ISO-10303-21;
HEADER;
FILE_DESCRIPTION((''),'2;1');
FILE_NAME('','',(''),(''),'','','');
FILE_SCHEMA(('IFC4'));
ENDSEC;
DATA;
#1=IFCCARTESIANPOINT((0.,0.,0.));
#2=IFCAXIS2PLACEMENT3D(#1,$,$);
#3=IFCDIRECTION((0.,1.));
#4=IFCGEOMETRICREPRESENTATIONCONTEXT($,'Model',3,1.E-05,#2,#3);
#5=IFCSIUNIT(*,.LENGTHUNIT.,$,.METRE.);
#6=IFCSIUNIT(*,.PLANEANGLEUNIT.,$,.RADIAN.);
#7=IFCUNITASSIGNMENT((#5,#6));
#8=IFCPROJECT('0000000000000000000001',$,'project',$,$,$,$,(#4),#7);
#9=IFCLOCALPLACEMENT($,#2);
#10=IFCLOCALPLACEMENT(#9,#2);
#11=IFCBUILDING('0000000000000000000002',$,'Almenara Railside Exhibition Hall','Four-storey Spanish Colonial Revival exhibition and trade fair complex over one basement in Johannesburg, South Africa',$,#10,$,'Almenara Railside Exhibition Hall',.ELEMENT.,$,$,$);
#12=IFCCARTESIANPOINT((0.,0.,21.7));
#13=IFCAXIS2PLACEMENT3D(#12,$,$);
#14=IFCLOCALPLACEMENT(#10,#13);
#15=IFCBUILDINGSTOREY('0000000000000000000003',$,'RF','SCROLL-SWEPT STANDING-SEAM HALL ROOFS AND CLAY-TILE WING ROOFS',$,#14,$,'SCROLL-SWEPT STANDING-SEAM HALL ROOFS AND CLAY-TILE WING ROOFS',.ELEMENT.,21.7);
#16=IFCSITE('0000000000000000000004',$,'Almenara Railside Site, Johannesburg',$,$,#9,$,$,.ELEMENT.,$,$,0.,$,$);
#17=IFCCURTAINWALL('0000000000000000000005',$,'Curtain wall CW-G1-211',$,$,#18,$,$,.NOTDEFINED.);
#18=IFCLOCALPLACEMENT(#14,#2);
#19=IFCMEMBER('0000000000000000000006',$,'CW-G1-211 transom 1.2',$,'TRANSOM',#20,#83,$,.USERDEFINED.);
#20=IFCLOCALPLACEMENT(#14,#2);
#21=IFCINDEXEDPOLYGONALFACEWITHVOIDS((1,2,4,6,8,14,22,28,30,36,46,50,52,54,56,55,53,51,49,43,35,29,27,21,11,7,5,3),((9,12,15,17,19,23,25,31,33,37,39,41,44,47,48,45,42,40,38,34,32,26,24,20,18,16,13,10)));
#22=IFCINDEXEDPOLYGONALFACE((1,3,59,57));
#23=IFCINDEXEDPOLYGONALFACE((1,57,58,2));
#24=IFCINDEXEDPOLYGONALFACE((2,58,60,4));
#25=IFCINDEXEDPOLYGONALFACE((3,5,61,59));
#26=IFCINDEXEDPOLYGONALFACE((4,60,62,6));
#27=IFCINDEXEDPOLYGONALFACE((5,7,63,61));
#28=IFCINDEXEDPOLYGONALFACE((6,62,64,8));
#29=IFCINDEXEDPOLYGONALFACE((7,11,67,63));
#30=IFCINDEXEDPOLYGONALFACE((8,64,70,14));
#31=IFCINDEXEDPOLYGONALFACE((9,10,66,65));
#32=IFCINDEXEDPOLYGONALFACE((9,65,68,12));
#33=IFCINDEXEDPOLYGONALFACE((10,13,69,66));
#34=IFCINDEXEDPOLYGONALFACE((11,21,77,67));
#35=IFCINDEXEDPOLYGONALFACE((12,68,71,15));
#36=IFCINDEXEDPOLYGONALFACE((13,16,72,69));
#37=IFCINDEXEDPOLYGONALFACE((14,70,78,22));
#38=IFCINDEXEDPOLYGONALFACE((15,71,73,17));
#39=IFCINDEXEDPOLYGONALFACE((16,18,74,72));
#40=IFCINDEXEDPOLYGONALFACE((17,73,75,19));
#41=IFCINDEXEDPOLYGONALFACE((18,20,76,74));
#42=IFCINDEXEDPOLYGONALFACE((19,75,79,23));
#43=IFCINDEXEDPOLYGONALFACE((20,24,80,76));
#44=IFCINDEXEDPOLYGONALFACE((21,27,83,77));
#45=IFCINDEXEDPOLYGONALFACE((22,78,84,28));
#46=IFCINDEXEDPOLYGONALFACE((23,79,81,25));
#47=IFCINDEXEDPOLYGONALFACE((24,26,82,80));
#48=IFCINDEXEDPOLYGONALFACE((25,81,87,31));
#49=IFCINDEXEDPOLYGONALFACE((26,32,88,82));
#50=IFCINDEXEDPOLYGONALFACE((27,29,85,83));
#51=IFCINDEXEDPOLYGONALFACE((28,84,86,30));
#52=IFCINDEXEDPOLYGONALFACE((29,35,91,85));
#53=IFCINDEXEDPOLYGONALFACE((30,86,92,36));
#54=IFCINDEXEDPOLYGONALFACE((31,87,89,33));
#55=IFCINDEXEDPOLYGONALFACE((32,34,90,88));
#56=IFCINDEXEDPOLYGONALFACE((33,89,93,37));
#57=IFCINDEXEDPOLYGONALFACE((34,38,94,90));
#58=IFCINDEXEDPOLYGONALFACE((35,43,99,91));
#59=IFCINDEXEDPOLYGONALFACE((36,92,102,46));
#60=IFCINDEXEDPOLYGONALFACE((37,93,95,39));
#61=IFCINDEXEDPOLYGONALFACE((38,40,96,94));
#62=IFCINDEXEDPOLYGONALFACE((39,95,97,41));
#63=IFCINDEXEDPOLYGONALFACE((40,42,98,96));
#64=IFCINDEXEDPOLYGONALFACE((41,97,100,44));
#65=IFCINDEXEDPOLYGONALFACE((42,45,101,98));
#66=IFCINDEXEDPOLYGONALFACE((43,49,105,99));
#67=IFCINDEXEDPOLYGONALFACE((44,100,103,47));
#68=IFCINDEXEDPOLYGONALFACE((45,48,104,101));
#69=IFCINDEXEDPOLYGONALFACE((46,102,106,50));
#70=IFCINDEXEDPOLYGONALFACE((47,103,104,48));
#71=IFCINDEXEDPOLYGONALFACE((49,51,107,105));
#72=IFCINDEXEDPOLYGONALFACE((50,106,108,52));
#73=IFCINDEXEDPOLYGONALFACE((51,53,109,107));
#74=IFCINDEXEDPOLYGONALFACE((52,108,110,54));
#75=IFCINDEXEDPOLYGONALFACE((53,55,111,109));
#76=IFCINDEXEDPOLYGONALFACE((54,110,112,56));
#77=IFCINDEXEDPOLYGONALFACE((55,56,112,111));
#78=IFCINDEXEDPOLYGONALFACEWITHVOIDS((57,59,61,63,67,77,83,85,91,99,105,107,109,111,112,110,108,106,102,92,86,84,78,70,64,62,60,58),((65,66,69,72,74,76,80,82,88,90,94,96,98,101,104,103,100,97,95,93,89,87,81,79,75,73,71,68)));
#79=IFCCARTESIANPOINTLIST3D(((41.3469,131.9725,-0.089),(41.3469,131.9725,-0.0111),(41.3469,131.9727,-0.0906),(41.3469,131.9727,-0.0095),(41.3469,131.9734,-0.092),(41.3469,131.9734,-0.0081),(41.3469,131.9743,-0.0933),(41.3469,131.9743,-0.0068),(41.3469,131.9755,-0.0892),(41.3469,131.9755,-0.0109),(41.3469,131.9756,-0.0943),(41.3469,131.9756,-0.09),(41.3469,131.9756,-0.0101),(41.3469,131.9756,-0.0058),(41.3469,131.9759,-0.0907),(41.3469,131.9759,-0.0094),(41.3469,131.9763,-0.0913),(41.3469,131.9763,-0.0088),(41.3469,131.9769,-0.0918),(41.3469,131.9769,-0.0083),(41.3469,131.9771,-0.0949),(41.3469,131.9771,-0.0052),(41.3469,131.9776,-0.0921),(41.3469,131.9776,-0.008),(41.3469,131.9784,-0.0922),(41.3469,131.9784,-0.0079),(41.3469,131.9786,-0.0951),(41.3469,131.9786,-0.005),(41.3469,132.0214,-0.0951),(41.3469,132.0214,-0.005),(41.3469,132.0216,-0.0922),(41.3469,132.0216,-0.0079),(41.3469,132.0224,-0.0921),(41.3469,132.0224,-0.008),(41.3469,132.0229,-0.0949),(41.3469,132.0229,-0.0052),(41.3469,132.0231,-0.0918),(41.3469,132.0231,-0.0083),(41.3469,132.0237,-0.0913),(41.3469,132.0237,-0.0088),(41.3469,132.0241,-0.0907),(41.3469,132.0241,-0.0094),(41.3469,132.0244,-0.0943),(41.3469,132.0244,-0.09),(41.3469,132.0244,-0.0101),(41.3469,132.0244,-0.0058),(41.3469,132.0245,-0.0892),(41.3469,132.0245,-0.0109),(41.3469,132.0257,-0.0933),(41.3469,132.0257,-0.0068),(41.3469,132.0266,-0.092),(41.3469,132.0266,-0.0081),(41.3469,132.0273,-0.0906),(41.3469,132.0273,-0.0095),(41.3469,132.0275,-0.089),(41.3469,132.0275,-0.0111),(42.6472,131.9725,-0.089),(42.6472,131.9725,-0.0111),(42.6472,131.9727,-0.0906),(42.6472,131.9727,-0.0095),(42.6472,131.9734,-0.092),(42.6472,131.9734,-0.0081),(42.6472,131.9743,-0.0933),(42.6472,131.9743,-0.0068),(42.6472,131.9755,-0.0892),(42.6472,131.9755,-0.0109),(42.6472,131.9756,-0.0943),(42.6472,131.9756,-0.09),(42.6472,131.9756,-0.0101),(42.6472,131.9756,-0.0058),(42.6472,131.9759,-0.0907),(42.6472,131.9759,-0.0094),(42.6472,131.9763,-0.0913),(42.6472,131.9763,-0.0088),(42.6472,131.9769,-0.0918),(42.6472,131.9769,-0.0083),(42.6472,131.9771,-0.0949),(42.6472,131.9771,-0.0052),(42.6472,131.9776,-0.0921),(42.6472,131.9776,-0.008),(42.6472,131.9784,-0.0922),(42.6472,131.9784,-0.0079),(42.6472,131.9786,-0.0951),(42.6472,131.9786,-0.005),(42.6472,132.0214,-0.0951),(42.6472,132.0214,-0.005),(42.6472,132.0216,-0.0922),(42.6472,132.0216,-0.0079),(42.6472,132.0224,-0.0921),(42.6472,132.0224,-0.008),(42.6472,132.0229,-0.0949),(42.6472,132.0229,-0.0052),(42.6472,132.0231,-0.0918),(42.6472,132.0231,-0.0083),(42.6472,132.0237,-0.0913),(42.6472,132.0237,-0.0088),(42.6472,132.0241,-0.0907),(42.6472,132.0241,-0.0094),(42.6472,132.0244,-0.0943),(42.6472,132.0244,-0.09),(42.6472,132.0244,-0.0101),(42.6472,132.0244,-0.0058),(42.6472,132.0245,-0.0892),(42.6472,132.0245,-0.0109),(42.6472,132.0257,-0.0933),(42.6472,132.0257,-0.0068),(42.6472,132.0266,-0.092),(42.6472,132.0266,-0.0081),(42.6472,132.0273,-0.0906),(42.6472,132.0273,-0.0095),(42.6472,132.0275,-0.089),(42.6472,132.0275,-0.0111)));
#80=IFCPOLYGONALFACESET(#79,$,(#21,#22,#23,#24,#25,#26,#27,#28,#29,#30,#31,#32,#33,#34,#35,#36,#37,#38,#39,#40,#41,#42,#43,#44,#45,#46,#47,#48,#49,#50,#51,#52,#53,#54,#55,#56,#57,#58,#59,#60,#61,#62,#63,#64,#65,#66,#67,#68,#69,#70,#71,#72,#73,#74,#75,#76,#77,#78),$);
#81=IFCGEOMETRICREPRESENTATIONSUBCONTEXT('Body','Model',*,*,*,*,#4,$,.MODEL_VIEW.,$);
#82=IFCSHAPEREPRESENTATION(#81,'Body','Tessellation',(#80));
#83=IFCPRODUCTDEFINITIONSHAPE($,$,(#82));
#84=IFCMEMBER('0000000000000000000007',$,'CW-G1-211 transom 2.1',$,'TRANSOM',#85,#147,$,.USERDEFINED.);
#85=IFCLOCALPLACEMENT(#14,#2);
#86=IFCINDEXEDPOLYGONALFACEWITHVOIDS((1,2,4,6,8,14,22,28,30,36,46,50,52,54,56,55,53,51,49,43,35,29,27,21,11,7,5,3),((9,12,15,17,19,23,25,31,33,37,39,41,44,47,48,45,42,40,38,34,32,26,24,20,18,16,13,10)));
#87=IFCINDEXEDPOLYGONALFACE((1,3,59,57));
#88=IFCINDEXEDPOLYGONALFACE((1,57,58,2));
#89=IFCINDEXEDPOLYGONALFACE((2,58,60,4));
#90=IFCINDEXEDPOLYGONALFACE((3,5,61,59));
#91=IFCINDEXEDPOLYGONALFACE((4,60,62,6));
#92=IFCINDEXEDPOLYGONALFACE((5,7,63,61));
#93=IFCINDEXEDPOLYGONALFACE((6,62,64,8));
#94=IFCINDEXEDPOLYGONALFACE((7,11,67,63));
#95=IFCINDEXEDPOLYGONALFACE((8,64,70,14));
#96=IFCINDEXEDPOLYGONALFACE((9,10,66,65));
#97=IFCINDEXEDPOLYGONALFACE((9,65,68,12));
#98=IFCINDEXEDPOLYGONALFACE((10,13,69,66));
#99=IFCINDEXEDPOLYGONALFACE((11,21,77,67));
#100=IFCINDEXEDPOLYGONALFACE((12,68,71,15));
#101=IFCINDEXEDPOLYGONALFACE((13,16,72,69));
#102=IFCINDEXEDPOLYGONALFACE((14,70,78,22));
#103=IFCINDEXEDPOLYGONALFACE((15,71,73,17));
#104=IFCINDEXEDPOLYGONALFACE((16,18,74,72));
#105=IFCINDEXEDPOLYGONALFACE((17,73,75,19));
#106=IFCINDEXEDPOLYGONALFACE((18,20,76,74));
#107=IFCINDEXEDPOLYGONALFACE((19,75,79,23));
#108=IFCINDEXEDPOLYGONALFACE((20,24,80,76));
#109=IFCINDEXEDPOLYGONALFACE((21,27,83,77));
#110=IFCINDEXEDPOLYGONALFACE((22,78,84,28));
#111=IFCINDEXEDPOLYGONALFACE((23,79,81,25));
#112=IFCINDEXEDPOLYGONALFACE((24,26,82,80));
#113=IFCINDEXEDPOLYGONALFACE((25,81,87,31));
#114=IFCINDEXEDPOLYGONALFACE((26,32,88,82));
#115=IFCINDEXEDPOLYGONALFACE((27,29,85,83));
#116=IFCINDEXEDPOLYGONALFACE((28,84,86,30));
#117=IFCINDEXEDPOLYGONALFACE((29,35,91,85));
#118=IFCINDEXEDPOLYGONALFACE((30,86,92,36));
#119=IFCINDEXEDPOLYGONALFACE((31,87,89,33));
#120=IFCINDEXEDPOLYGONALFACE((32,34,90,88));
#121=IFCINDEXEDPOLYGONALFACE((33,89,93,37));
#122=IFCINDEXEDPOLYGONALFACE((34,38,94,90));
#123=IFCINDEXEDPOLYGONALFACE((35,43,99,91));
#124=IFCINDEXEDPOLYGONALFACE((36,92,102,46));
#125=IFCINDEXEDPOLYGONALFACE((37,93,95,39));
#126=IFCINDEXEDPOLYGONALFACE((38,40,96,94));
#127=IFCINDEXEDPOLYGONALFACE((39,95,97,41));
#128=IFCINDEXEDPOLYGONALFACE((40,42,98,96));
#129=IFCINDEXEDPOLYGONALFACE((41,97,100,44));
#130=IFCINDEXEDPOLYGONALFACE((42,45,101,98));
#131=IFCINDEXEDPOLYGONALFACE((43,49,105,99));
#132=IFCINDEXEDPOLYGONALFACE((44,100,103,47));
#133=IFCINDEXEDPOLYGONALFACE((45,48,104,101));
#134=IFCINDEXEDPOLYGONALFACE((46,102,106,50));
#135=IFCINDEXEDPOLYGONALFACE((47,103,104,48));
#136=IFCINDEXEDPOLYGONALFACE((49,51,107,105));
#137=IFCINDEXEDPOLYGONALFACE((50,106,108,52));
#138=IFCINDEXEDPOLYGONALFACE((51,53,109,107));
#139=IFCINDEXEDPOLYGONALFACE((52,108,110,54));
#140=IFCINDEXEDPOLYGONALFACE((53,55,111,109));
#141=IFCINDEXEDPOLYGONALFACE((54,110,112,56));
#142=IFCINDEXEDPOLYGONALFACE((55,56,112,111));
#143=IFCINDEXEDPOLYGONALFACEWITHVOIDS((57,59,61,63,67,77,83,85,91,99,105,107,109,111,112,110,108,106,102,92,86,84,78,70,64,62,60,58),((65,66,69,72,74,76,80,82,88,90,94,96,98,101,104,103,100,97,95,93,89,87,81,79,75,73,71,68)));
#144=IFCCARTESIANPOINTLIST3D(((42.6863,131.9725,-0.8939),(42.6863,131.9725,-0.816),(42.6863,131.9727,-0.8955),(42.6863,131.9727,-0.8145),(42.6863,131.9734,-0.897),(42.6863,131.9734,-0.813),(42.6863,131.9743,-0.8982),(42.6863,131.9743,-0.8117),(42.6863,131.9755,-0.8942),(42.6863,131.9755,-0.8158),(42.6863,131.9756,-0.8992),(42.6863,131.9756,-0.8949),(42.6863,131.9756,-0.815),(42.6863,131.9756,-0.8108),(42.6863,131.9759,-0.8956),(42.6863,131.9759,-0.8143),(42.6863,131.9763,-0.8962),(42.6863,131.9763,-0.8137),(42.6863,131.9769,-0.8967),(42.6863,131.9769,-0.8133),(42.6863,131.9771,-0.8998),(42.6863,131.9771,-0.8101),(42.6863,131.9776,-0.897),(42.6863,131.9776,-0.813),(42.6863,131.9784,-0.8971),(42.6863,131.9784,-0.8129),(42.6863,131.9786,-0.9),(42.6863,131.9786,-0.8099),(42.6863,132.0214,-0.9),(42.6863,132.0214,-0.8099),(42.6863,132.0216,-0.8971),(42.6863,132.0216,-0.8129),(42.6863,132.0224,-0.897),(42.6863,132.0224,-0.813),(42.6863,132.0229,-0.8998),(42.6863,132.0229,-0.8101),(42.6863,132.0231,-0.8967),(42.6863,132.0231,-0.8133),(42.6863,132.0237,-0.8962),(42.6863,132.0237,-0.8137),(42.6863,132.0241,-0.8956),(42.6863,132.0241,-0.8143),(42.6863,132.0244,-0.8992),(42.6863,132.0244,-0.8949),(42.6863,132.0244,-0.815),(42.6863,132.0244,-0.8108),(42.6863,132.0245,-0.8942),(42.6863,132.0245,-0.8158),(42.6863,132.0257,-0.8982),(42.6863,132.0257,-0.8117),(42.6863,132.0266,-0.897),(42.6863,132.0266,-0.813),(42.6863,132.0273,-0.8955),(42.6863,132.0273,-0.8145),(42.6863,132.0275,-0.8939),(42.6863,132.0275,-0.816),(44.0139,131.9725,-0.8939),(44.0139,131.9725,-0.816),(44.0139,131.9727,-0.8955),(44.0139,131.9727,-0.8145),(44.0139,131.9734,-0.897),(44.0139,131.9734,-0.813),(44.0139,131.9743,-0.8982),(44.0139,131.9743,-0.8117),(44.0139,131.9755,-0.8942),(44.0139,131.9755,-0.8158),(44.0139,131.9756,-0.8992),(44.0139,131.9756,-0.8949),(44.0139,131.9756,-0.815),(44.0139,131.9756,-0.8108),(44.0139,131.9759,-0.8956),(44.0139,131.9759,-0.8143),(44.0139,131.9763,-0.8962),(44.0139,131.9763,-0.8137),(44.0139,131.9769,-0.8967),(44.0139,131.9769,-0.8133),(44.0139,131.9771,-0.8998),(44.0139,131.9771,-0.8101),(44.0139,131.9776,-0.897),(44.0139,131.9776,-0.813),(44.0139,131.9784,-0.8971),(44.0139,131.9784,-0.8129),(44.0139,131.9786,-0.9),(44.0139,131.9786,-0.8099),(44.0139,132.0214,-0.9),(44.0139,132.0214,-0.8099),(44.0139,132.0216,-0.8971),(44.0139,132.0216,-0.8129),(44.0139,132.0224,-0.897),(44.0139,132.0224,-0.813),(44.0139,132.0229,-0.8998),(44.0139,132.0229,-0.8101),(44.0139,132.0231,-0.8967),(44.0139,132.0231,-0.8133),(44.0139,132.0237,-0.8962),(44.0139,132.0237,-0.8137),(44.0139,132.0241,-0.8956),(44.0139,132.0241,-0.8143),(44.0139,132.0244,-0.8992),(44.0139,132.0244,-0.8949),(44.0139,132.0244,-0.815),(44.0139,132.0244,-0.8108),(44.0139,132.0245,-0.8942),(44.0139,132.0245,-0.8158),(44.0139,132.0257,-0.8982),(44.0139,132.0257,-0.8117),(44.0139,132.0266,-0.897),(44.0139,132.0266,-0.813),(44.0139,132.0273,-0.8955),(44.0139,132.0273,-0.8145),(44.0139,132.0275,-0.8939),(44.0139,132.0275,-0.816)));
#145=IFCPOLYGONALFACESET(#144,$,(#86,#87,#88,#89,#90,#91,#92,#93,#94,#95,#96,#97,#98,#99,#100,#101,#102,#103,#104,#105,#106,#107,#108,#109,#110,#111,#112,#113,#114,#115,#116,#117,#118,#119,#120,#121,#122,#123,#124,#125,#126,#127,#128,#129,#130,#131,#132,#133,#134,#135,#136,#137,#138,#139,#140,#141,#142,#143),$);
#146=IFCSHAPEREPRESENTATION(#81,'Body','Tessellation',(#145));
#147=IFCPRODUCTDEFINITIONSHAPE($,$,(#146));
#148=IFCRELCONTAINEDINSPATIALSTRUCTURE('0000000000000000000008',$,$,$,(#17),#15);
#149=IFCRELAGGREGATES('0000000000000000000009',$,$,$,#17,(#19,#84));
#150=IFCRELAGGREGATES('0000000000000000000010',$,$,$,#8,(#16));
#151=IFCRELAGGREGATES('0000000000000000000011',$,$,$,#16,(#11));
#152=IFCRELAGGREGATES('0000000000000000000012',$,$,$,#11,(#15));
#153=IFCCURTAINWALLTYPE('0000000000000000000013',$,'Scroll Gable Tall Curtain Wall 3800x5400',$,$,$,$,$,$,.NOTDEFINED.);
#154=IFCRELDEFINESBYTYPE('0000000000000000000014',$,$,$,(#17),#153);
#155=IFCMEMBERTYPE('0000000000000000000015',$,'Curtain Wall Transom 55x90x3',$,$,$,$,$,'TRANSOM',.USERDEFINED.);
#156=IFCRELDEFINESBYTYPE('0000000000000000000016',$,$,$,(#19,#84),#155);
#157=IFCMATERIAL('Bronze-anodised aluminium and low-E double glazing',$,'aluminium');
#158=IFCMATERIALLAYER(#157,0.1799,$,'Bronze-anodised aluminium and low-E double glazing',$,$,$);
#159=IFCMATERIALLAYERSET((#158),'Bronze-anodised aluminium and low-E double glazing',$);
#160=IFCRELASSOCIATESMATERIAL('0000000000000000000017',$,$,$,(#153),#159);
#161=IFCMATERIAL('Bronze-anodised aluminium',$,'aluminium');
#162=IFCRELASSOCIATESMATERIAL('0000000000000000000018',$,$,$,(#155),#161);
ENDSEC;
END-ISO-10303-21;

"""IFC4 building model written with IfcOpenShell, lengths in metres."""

from ifc_helpers import new_model, si_unit, direction, frame, origin, origin_2d, place, context, subcontext, project, spatial, hollow_rectangle, extrude, material, layer, layer_set, material_profile, profile_set, type_object, element, aggregate, save


model = new_model("IFC4")

# Units and contexts
model_context = context("Model", 3, precision=1e-05, world=origin(), true_north=direction((0.0, 1.0)))
body_context = subcontext(model_context, "Body", "Model", "MODEL_VIEW")
ifc_project = project(units=[si_unit("LENGTHUNIT", "METRE"), si_unit("PLANEANGLEUNIT", "RADIAN")], contexts=[model_context])

# Site, building, storey
site_placement = place(None, origin())
site = spatial("IfcSite", under=ifc_project, at=site_placement, Name="Almenara Railside Site, Johannesburg", CompositionType="ELEMENT", RefElevation=0.0)
building_placement = place(site_placement, origin())
building = spatial("IfcBuilding", under=site, at=building_placement, Name="Almenara Railside Exhibition Hall", Description="Four-storey Spanish Colonial Revival exhibition and trade fair complex over one basement in Johannesburg, South Africa", LongName="Almenara Railside Exhibition Hall", CompositionType="ELEMENT")
storey_placement = place(building_placement, frame((0.0, 0.0, 21.7)))
storey = spatial("IfcBuildingStorey", under=building, at=storey_placement, Name="RF", Description="SCROLL-SWEPT STANDING-SEAM HALL ROOFS AND CLAY-TILE WING ROOFS", LongName="SCROLL-SWEPT STANDING-SEAM HALL ROOFS AND CLAY-TILE WING ROOFS", CompositionType="ELEMENT", Elevation=21.7)

# Curtain wall
ifc_material_1 = material(Name="Bronze-anodised aluminium and low-E double glazing", Category="aluminium")
ifc_layer_1 = layer(ifc_material_1, 0.1799, Name="Bronze-anodised aluminium and low-E double glazing")
ifc_layer_set_1 = layer_set([ifc_layer_1], Name="Bronze-anodised aluminium and low-E double glazing")
curtain_wall_type = type_object("IfcCurtainWallType", Name="Scroll Gable Tall Curtain Wall 3800x5400", PredefinedType="NOTDEFINED", material=ifc_layer_set_1)
curtain_wall_1_placement = place(storey_placement, origin())
curtain_wall_1 = element("IfcCurtainWall", 1, at=curtain_wall_1_placement, inside=storey, type_object=curtain_wall_type, Name="Curtain wall CW-G1-211", PredefinedType="NOTDEFINED")
ifc_material_2 = material(Name="Bronze-anodised aluminium", Category="aluminium")

# Members
ifc_material_profile_1 = material_profile(ifc_material_2, hollow_rectangle(XDim=0.0549, YDim=0.0901, WallThickness=0.0029, InnerFilletRadius=0.0029, OuterFilletRadius=0.0061, at=origin_2d()), Name="ALU-TRN 55x90x3")
ifc_profile_set_1 = profile_set([ifc_material_profile_1], Name="Bronze-anodised aluminium")
member_type_1 = type_object("IfcMemberType", Name="Curtain Wall Transom 55x90x3", ElementType="TRANSOM", PredefinedType="USERDEFINED", material=ifc_profile_set_1)
member_1_placement = place(storey_placement, frame((41.3469, 132.0, -0.05), z_axis=(1.0, 0.0, 0.0), x_axis=(0.0, 1.0, 0.0)))
member_1 = element("IfcMember", 2, at=member_1_placement, type_object=member_type_1, Name="CW-G1-211 transom 1.2", ObjectType="TRANSOM", PredefinedType="USERDEFINED", context=body_context, shape_type="SweptSolid", body=[
    extrude(hollow_rectangle(XDim=0.0549, YDim=0.0901, WallThickness=0.0029, InnerFilletRadius=0.0029, OuterFilletRadius=0.0061, at=origin_2d()), origin(), (0.0, 0.0, 1.0), 1.3003),
])
member_2_placement = place(storey_placement, frame((42.6863, 132.0, -0.855), z_axis=(1.0, 0.0, 0.0), x_axis=(0.0, 1.0, 0.0)))
member_2 = element("IfcMember", 3, at=member_2_placement, type_object=member_type_1, Name="CW-G1-211 transom 2.1", ObjectType="TRANSOM", PredefinedType="USERDEFINED", context=body_context, shape_type="SweptSolid", body=[
    extrude(hollow_rectangle(XDim=0.0549, YDim=0.0901, WallThickness=0.0029, InnerFilletRadius=0.0029, OuterFilletRadius=0.0061, at=origin_2d()), origin(), (0.0, 0.0, 1.0), 1.3276),
])

aggregate(curtain_wall_1, [member_1, member_2])

save(model, "model.ifc")
